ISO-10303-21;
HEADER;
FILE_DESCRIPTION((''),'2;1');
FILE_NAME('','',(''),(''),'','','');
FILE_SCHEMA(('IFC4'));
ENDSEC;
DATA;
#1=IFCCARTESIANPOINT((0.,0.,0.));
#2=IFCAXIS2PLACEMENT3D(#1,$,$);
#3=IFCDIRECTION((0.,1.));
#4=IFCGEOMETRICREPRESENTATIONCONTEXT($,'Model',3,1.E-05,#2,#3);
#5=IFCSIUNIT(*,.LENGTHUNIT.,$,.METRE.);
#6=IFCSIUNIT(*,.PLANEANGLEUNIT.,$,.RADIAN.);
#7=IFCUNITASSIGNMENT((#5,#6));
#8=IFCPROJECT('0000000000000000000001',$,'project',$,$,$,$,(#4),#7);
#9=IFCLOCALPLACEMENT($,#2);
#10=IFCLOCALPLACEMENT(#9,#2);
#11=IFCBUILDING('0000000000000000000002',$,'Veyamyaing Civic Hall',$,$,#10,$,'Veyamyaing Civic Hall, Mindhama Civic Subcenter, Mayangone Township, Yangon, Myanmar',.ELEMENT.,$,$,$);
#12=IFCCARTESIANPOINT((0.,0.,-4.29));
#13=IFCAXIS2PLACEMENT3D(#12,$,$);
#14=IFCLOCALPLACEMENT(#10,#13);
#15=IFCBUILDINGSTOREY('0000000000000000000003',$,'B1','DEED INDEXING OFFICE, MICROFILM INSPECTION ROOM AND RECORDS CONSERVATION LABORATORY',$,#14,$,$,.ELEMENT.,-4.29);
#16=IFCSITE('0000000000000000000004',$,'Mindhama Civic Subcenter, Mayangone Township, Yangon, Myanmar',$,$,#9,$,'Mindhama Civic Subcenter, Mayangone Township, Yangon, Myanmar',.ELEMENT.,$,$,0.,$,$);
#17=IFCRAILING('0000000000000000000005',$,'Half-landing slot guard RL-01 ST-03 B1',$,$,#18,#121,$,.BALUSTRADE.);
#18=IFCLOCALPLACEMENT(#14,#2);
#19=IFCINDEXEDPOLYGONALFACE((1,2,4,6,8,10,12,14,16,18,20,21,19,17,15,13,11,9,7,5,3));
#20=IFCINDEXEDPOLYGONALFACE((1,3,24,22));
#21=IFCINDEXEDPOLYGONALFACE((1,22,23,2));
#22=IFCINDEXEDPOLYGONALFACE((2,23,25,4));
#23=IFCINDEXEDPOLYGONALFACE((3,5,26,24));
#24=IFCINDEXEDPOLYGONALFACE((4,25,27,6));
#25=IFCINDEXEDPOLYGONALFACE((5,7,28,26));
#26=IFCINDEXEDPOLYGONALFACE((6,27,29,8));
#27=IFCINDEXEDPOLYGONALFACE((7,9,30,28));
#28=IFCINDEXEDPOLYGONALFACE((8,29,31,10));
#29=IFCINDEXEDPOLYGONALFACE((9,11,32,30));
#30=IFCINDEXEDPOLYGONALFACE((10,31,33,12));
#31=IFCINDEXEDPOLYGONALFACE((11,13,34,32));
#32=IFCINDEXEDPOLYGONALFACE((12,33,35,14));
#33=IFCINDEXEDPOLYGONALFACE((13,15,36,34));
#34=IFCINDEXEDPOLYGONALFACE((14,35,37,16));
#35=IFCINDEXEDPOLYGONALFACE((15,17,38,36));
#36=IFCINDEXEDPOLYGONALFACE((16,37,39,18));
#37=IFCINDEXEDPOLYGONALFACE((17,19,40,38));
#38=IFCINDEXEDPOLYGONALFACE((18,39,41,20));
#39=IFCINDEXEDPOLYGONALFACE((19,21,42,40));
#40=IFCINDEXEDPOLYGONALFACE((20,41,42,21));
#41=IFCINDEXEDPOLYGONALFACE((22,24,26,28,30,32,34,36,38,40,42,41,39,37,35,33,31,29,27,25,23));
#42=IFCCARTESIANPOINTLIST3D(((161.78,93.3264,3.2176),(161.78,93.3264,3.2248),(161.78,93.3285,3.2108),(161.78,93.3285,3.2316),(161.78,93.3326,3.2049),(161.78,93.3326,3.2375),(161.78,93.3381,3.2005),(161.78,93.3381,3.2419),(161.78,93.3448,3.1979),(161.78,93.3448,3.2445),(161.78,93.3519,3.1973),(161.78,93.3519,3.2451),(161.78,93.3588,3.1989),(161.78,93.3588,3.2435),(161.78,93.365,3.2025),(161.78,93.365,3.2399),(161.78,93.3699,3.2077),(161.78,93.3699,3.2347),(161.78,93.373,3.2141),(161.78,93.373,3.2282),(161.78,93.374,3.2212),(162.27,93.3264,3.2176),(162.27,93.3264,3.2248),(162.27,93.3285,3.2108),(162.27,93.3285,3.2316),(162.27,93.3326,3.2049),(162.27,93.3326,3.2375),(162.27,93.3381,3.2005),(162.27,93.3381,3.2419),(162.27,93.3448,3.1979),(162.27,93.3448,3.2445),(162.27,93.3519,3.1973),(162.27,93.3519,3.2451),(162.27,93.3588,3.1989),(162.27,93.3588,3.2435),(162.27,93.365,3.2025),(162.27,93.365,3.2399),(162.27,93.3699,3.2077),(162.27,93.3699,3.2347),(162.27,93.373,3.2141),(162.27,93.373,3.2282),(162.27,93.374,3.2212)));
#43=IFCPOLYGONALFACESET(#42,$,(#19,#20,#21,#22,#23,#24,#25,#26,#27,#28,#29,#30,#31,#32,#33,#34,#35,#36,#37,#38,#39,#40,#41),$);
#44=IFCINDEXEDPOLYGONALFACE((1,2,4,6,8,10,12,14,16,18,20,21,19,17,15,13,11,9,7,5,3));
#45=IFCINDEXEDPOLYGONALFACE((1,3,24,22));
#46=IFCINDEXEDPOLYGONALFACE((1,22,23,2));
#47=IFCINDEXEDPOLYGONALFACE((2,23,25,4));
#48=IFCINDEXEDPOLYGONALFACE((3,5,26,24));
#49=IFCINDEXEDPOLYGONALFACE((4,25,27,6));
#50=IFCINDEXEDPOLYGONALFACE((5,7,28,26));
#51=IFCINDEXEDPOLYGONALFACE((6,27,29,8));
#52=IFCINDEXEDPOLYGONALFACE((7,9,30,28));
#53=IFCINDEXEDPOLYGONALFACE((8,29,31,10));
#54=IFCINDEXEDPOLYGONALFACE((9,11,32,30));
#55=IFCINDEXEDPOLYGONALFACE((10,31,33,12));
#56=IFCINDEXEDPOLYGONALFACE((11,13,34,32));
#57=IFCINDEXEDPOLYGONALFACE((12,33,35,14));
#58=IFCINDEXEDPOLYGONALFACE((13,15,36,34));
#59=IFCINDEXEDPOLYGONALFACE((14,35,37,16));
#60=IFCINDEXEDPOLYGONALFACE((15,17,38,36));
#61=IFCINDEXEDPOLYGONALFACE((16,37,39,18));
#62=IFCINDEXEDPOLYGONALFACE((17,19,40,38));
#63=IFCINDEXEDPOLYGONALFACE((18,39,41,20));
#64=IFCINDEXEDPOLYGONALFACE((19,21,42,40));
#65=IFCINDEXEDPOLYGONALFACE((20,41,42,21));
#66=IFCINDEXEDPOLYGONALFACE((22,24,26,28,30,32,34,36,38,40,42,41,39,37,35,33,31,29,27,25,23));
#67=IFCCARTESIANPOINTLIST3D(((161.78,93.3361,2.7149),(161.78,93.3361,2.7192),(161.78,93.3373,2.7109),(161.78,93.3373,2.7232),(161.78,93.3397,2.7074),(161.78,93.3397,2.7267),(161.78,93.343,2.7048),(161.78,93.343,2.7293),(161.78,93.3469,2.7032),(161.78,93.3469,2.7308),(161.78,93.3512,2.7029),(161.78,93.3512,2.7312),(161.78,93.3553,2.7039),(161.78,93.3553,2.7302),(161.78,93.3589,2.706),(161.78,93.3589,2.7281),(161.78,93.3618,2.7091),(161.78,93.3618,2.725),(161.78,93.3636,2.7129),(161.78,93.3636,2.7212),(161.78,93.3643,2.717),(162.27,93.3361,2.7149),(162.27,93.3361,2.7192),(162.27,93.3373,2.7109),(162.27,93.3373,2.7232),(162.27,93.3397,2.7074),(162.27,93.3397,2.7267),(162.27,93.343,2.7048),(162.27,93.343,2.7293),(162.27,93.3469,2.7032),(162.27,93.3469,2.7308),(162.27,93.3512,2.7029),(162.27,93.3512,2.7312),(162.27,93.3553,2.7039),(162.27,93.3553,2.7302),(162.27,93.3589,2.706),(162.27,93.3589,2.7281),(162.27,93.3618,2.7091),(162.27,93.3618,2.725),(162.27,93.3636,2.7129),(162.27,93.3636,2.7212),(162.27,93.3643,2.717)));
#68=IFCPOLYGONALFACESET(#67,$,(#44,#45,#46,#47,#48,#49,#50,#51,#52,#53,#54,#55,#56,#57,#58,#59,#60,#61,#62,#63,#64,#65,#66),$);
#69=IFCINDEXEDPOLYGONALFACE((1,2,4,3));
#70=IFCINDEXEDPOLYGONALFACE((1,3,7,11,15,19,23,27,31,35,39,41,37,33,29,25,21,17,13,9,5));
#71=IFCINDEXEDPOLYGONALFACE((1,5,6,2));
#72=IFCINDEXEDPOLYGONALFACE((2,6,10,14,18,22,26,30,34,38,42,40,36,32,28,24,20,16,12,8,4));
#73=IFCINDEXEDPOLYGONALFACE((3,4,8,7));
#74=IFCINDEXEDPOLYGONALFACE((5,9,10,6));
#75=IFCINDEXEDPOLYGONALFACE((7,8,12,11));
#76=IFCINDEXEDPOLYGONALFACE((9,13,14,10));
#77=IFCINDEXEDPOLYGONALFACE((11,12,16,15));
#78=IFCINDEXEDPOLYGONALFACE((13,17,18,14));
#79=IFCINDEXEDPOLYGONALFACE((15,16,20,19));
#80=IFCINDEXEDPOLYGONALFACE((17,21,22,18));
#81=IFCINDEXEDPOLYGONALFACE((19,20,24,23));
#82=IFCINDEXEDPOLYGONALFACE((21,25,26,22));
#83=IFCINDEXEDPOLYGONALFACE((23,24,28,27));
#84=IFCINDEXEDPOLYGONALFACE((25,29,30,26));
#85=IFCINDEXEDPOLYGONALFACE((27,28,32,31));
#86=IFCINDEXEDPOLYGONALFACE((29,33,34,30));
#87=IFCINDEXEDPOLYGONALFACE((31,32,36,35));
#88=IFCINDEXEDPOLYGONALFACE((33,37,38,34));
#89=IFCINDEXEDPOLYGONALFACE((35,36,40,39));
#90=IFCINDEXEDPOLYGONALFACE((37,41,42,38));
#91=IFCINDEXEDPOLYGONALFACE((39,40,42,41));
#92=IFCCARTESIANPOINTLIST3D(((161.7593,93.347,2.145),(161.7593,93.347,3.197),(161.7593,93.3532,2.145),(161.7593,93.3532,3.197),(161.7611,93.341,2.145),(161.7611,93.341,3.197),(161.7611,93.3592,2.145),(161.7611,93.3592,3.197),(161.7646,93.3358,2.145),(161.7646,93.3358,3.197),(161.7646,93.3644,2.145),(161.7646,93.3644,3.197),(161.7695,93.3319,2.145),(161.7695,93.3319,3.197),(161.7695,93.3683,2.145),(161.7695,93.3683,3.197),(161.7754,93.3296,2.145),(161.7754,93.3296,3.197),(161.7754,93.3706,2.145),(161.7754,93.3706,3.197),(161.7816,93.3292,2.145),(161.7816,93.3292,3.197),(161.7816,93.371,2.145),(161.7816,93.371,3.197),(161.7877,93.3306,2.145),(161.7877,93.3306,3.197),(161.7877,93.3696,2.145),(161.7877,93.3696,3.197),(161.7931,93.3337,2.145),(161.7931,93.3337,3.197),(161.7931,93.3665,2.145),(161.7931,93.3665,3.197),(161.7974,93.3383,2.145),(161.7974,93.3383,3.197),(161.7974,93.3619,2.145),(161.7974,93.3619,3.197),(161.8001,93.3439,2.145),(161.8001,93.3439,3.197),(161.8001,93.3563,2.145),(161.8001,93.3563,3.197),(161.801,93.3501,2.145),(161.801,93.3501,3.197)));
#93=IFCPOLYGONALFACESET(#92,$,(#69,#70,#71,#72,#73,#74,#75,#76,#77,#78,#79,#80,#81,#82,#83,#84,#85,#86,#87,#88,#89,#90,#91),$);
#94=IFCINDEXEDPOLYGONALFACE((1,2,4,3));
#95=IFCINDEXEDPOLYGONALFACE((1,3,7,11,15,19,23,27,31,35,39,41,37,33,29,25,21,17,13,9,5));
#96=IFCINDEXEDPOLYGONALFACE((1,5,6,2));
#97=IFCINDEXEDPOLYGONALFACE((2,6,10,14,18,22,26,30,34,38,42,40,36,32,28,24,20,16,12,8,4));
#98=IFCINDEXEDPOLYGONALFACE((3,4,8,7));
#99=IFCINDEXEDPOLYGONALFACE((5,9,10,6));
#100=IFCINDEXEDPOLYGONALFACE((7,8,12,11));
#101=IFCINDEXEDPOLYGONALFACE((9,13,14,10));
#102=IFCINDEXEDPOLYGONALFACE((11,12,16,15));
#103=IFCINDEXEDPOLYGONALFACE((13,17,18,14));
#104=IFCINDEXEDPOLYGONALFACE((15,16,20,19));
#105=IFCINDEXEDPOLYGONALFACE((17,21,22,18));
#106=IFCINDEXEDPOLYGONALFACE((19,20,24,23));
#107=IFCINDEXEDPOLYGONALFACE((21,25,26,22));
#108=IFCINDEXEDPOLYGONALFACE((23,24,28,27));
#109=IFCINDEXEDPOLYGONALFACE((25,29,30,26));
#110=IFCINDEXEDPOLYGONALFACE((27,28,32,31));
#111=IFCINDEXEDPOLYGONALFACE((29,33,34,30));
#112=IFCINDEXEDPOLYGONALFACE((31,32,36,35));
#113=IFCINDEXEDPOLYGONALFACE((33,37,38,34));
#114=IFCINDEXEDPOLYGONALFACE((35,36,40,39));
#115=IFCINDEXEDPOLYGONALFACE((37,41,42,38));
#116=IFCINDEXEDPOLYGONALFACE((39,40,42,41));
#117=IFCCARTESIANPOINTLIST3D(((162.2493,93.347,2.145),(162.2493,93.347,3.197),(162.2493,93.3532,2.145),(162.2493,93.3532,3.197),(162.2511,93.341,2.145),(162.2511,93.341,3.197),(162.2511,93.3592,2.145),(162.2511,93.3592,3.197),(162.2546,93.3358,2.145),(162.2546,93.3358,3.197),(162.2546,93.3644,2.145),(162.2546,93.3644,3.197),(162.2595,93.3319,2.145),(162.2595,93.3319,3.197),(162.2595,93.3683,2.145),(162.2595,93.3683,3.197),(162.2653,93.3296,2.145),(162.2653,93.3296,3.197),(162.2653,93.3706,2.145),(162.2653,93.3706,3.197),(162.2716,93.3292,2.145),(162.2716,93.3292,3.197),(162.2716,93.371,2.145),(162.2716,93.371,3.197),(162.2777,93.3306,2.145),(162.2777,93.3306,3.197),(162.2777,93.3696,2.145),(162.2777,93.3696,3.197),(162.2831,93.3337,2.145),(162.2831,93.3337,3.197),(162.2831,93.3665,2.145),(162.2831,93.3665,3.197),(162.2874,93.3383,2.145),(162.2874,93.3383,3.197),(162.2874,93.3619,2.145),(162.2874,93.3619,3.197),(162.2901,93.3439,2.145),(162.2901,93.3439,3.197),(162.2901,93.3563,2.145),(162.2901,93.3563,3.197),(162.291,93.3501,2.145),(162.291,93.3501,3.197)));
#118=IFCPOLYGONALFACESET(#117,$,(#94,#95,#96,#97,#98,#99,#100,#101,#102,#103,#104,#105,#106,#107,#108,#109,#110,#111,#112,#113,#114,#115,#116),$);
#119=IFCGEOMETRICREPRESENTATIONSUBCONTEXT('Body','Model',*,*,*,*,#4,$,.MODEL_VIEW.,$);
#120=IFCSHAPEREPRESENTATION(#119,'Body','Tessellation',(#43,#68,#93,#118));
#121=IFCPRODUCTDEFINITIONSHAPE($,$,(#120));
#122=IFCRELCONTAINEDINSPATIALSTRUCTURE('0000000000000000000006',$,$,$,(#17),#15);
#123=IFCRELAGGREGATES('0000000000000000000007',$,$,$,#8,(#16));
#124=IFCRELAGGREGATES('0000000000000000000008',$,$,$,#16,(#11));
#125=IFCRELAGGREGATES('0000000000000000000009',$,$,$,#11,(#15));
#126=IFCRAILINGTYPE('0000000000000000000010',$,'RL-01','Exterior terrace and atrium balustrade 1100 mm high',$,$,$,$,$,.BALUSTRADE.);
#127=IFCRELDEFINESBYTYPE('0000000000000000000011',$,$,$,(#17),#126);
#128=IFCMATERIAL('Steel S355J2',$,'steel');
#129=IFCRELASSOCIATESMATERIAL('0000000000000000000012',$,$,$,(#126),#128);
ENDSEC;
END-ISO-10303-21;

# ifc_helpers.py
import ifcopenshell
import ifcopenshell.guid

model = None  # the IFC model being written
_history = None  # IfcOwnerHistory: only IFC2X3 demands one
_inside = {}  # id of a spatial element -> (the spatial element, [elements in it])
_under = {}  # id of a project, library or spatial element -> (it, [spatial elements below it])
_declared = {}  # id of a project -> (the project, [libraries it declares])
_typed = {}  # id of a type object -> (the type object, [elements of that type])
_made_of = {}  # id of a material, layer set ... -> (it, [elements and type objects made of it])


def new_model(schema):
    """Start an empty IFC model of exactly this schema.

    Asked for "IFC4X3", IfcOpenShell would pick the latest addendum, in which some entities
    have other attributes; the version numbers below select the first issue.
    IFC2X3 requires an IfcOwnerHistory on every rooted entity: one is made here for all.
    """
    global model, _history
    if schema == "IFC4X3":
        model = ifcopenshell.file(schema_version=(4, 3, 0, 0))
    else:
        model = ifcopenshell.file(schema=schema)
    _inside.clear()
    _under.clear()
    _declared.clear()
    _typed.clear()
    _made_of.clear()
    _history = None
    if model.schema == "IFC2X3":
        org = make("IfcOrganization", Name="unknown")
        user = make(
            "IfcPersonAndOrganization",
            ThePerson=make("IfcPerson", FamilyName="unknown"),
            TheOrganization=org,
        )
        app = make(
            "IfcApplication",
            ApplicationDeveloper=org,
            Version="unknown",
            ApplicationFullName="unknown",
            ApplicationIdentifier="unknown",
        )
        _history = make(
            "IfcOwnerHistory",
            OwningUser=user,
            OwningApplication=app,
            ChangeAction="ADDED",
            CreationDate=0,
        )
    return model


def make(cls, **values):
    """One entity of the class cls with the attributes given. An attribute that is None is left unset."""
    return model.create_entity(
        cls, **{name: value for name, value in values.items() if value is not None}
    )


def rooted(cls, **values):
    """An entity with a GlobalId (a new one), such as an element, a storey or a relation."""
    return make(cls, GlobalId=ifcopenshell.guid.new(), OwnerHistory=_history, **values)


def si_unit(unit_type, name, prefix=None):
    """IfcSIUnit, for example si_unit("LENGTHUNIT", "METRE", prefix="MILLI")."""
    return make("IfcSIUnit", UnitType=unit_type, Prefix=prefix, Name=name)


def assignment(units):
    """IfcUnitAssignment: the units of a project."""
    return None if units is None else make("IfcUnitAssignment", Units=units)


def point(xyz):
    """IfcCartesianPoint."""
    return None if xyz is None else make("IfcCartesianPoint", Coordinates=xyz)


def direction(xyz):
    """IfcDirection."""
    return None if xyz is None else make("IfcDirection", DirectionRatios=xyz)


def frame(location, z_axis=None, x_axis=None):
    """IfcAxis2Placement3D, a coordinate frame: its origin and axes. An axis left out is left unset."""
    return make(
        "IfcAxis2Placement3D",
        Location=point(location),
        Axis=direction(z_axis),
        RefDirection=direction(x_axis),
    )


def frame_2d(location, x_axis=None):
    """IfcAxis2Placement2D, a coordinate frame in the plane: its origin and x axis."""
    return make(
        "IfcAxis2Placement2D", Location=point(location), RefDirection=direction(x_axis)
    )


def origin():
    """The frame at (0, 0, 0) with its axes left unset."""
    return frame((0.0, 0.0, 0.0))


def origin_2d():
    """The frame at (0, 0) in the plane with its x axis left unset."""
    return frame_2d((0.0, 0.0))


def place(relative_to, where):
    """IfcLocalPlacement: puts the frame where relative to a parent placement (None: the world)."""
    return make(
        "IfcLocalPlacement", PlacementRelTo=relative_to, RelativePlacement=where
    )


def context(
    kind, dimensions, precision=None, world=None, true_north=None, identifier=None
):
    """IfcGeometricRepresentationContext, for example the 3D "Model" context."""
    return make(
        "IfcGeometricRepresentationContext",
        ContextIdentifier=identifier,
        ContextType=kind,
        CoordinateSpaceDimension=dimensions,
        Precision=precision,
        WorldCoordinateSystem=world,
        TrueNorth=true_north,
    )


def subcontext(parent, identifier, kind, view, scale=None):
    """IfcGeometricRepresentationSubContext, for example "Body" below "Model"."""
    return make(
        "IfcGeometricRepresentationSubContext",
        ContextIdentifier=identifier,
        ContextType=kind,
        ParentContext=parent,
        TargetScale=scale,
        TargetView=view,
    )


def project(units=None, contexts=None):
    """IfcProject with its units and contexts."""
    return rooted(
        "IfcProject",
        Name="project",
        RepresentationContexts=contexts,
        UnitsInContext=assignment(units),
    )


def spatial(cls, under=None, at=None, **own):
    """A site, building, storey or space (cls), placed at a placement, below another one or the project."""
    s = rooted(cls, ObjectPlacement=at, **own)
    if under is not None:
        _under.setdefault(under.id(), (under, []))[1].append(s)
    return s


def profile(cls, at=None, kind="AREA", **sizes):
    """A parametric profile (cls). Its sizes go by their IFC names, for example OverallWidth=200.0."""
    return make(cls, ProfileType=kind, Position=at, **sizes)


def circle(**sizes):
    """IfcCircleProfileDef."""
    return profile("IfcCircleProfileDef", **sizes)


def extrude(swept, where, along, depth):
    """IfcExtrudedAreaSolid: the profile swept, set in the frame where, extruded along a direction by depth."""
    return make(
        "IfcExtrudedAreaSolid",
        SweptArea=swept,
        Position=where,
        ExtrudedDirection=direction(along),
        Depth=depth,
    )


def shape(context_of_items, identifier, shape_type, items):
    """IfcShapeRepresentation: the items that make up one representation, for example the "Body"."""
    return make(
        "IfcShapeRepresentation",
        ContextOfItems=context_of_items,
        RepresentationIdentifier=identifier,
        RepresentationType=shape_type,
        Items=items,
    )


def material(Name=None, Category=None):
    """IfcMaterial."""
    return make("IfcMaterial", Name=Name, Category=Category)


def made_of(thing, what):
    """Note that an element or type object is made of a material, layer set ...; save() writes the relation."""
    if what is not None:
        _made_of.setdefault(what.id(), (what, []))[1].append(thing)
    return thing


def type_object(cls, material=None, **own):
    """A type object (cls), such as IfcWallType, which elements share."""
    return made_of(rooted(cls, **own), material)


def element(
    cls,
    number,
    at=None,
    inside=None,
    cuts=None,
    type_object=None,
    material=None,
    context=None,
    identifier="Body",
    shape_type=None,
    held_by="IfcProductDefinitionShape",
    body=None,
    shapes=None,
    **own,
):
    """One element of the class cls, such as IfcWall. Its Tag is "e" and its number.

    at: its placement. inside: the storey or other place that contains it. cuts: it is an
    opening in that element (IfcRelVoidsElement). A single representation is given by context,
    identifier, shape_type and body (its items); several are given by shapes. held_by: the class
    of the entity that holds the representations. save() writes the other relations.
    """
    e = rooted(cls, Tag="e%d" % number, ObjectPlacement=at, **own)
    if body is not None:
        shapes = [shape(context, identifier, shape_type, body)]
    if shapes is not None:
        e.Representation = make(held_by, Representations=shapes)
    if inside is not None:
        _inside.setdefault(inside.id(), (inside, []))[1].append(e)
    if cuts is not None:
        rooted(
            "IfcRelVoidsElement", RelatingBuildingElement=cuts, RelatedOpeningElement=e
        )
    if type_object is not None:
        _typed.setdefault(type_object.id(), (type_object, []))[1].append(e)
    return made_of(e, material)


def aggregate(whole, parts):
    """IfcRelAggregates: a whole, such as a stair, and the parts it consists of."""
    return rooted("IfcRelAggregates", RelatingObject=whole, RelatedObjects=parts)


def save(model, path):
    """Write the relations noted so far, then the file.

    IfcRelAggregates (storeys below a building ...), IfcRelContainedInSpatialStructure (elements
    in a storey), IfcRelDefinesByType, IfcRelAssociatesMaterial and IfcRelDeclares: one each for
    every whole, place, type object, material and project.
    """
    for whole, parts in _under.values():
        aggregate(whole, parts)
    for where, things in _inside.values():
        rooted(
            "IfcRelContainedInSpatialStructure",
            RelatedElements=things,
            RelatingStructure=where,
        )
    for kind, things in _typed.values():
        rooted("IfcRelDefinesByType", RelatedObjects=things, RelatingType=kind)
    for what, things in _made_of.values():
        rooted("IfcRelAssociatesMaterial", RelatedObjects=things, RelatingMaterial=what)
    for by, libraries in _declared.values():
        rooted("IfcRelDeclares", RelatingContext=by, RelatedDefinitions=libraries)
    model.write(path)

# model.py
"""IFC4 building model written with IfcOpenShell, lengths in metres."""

from ifc_helpers import new_model, si_unit, direction, frame, origin, origin_2d, place, context, subcontext, project, spatial, circle, extrude, material, type_object, element, save


model = new_model("IFC4")

# Units and contexts
model_context = context("Model", 3, precision=1e-05, world=origin(), true_north=direction((0.0, 1.0)))
body_context = subcontext(model_context, "Body", "Model", "MODEL_VIEW")
ifc_project = project(units=[si_unit("LENGTHUNIT", "METRE"), si_unit("PLANEANGLEUNIT", "RADIAN")], contexts=[model_context])

# Site, building, storey
site_placement = place(None, origin())
site = spatial("IfcSite", under=ifc_project, at=site_placement, Name="Mindhama Civic Subcenter, Mayangone Township, Yangon, Myanmar", LongName="Mindhama Civic Subcenter, Mayangone Township, Yangon, Myanmar", CompositionType="ELEMENT", RefElevation=0.0)
building_placement = place(site_placement, origin())
building = spatial("IfcBuilding", under=site, at=building_placement, Name="Veyamyaing Civic Hall", LongName="Veyamyaing Civic Hall, Mindhama Civic Subcenter, Mayangone Township, Yangon, Myanmar", CompositionType="ELEMENT")
storey_placement = place(building_placement, frame((0.0, 0.0, -4.29)))
storey = spatial("IfcBuildingStorey", under=building, at=storey_placement, Name="B1", Description="DEED INDEXING OFFICE, MICROFILM INSPECTION ROOM AND RECORDS CONSERVATION LABORATORY", CompositionType="ELEMENT", Elevation=-4.29)

# Railing
ifc_material_1 = material(Name="Steel S355J2", Category="steel")
railing_type = type_object("IfcRailingType", Name="RL-01", Description="Exterior terrace and atrium balustrade 1100 mm high", PredefinedType="BALUSTRADE", material=ifc_material_1)
railing_placement = place(storey_placement, frame((161.78, 93.3501, 2.145)))
element("IfcRailing", 1, at=railing_placement, inside=storey, type_object=railing_type, Name="Half-landing slot guard RL-01 ST-03 B1", PredefinedType="BALUSTRADE", context=body_context, shape_type="SweptSolid", body=[
    extrude(circle(Radius=0.0239, at=origin_2d()), frame((0.0, 0.0, 1.0762), z_axis=(1.0, 0.0, 0.0), x_axis=(0.0, 1.0, 0.0)), (0.0, 0.0, 1.0), 0.49),
    extrude(circle(Radius=0.0142, at=origin_2d()), frame((0.0, 0.0, 0.572), z_axis=(1.0, 0.0, 0.0), x_axis=(0.0, 1.0, 0.0)), (0.0, 0.0, 1.0), 0.49),
    extrude(circle(Radius=0.021, at=origin_2d()), origin(), (0.0, 0.0, 1.0), 1.052),
    extrude(circle(Radius=0.021, at=origin_2d()), frame((0.49, 0.0, 0.0)), (0.0, 0.0, 1.0), 1.052),
])

save(model, "model.ifc")
